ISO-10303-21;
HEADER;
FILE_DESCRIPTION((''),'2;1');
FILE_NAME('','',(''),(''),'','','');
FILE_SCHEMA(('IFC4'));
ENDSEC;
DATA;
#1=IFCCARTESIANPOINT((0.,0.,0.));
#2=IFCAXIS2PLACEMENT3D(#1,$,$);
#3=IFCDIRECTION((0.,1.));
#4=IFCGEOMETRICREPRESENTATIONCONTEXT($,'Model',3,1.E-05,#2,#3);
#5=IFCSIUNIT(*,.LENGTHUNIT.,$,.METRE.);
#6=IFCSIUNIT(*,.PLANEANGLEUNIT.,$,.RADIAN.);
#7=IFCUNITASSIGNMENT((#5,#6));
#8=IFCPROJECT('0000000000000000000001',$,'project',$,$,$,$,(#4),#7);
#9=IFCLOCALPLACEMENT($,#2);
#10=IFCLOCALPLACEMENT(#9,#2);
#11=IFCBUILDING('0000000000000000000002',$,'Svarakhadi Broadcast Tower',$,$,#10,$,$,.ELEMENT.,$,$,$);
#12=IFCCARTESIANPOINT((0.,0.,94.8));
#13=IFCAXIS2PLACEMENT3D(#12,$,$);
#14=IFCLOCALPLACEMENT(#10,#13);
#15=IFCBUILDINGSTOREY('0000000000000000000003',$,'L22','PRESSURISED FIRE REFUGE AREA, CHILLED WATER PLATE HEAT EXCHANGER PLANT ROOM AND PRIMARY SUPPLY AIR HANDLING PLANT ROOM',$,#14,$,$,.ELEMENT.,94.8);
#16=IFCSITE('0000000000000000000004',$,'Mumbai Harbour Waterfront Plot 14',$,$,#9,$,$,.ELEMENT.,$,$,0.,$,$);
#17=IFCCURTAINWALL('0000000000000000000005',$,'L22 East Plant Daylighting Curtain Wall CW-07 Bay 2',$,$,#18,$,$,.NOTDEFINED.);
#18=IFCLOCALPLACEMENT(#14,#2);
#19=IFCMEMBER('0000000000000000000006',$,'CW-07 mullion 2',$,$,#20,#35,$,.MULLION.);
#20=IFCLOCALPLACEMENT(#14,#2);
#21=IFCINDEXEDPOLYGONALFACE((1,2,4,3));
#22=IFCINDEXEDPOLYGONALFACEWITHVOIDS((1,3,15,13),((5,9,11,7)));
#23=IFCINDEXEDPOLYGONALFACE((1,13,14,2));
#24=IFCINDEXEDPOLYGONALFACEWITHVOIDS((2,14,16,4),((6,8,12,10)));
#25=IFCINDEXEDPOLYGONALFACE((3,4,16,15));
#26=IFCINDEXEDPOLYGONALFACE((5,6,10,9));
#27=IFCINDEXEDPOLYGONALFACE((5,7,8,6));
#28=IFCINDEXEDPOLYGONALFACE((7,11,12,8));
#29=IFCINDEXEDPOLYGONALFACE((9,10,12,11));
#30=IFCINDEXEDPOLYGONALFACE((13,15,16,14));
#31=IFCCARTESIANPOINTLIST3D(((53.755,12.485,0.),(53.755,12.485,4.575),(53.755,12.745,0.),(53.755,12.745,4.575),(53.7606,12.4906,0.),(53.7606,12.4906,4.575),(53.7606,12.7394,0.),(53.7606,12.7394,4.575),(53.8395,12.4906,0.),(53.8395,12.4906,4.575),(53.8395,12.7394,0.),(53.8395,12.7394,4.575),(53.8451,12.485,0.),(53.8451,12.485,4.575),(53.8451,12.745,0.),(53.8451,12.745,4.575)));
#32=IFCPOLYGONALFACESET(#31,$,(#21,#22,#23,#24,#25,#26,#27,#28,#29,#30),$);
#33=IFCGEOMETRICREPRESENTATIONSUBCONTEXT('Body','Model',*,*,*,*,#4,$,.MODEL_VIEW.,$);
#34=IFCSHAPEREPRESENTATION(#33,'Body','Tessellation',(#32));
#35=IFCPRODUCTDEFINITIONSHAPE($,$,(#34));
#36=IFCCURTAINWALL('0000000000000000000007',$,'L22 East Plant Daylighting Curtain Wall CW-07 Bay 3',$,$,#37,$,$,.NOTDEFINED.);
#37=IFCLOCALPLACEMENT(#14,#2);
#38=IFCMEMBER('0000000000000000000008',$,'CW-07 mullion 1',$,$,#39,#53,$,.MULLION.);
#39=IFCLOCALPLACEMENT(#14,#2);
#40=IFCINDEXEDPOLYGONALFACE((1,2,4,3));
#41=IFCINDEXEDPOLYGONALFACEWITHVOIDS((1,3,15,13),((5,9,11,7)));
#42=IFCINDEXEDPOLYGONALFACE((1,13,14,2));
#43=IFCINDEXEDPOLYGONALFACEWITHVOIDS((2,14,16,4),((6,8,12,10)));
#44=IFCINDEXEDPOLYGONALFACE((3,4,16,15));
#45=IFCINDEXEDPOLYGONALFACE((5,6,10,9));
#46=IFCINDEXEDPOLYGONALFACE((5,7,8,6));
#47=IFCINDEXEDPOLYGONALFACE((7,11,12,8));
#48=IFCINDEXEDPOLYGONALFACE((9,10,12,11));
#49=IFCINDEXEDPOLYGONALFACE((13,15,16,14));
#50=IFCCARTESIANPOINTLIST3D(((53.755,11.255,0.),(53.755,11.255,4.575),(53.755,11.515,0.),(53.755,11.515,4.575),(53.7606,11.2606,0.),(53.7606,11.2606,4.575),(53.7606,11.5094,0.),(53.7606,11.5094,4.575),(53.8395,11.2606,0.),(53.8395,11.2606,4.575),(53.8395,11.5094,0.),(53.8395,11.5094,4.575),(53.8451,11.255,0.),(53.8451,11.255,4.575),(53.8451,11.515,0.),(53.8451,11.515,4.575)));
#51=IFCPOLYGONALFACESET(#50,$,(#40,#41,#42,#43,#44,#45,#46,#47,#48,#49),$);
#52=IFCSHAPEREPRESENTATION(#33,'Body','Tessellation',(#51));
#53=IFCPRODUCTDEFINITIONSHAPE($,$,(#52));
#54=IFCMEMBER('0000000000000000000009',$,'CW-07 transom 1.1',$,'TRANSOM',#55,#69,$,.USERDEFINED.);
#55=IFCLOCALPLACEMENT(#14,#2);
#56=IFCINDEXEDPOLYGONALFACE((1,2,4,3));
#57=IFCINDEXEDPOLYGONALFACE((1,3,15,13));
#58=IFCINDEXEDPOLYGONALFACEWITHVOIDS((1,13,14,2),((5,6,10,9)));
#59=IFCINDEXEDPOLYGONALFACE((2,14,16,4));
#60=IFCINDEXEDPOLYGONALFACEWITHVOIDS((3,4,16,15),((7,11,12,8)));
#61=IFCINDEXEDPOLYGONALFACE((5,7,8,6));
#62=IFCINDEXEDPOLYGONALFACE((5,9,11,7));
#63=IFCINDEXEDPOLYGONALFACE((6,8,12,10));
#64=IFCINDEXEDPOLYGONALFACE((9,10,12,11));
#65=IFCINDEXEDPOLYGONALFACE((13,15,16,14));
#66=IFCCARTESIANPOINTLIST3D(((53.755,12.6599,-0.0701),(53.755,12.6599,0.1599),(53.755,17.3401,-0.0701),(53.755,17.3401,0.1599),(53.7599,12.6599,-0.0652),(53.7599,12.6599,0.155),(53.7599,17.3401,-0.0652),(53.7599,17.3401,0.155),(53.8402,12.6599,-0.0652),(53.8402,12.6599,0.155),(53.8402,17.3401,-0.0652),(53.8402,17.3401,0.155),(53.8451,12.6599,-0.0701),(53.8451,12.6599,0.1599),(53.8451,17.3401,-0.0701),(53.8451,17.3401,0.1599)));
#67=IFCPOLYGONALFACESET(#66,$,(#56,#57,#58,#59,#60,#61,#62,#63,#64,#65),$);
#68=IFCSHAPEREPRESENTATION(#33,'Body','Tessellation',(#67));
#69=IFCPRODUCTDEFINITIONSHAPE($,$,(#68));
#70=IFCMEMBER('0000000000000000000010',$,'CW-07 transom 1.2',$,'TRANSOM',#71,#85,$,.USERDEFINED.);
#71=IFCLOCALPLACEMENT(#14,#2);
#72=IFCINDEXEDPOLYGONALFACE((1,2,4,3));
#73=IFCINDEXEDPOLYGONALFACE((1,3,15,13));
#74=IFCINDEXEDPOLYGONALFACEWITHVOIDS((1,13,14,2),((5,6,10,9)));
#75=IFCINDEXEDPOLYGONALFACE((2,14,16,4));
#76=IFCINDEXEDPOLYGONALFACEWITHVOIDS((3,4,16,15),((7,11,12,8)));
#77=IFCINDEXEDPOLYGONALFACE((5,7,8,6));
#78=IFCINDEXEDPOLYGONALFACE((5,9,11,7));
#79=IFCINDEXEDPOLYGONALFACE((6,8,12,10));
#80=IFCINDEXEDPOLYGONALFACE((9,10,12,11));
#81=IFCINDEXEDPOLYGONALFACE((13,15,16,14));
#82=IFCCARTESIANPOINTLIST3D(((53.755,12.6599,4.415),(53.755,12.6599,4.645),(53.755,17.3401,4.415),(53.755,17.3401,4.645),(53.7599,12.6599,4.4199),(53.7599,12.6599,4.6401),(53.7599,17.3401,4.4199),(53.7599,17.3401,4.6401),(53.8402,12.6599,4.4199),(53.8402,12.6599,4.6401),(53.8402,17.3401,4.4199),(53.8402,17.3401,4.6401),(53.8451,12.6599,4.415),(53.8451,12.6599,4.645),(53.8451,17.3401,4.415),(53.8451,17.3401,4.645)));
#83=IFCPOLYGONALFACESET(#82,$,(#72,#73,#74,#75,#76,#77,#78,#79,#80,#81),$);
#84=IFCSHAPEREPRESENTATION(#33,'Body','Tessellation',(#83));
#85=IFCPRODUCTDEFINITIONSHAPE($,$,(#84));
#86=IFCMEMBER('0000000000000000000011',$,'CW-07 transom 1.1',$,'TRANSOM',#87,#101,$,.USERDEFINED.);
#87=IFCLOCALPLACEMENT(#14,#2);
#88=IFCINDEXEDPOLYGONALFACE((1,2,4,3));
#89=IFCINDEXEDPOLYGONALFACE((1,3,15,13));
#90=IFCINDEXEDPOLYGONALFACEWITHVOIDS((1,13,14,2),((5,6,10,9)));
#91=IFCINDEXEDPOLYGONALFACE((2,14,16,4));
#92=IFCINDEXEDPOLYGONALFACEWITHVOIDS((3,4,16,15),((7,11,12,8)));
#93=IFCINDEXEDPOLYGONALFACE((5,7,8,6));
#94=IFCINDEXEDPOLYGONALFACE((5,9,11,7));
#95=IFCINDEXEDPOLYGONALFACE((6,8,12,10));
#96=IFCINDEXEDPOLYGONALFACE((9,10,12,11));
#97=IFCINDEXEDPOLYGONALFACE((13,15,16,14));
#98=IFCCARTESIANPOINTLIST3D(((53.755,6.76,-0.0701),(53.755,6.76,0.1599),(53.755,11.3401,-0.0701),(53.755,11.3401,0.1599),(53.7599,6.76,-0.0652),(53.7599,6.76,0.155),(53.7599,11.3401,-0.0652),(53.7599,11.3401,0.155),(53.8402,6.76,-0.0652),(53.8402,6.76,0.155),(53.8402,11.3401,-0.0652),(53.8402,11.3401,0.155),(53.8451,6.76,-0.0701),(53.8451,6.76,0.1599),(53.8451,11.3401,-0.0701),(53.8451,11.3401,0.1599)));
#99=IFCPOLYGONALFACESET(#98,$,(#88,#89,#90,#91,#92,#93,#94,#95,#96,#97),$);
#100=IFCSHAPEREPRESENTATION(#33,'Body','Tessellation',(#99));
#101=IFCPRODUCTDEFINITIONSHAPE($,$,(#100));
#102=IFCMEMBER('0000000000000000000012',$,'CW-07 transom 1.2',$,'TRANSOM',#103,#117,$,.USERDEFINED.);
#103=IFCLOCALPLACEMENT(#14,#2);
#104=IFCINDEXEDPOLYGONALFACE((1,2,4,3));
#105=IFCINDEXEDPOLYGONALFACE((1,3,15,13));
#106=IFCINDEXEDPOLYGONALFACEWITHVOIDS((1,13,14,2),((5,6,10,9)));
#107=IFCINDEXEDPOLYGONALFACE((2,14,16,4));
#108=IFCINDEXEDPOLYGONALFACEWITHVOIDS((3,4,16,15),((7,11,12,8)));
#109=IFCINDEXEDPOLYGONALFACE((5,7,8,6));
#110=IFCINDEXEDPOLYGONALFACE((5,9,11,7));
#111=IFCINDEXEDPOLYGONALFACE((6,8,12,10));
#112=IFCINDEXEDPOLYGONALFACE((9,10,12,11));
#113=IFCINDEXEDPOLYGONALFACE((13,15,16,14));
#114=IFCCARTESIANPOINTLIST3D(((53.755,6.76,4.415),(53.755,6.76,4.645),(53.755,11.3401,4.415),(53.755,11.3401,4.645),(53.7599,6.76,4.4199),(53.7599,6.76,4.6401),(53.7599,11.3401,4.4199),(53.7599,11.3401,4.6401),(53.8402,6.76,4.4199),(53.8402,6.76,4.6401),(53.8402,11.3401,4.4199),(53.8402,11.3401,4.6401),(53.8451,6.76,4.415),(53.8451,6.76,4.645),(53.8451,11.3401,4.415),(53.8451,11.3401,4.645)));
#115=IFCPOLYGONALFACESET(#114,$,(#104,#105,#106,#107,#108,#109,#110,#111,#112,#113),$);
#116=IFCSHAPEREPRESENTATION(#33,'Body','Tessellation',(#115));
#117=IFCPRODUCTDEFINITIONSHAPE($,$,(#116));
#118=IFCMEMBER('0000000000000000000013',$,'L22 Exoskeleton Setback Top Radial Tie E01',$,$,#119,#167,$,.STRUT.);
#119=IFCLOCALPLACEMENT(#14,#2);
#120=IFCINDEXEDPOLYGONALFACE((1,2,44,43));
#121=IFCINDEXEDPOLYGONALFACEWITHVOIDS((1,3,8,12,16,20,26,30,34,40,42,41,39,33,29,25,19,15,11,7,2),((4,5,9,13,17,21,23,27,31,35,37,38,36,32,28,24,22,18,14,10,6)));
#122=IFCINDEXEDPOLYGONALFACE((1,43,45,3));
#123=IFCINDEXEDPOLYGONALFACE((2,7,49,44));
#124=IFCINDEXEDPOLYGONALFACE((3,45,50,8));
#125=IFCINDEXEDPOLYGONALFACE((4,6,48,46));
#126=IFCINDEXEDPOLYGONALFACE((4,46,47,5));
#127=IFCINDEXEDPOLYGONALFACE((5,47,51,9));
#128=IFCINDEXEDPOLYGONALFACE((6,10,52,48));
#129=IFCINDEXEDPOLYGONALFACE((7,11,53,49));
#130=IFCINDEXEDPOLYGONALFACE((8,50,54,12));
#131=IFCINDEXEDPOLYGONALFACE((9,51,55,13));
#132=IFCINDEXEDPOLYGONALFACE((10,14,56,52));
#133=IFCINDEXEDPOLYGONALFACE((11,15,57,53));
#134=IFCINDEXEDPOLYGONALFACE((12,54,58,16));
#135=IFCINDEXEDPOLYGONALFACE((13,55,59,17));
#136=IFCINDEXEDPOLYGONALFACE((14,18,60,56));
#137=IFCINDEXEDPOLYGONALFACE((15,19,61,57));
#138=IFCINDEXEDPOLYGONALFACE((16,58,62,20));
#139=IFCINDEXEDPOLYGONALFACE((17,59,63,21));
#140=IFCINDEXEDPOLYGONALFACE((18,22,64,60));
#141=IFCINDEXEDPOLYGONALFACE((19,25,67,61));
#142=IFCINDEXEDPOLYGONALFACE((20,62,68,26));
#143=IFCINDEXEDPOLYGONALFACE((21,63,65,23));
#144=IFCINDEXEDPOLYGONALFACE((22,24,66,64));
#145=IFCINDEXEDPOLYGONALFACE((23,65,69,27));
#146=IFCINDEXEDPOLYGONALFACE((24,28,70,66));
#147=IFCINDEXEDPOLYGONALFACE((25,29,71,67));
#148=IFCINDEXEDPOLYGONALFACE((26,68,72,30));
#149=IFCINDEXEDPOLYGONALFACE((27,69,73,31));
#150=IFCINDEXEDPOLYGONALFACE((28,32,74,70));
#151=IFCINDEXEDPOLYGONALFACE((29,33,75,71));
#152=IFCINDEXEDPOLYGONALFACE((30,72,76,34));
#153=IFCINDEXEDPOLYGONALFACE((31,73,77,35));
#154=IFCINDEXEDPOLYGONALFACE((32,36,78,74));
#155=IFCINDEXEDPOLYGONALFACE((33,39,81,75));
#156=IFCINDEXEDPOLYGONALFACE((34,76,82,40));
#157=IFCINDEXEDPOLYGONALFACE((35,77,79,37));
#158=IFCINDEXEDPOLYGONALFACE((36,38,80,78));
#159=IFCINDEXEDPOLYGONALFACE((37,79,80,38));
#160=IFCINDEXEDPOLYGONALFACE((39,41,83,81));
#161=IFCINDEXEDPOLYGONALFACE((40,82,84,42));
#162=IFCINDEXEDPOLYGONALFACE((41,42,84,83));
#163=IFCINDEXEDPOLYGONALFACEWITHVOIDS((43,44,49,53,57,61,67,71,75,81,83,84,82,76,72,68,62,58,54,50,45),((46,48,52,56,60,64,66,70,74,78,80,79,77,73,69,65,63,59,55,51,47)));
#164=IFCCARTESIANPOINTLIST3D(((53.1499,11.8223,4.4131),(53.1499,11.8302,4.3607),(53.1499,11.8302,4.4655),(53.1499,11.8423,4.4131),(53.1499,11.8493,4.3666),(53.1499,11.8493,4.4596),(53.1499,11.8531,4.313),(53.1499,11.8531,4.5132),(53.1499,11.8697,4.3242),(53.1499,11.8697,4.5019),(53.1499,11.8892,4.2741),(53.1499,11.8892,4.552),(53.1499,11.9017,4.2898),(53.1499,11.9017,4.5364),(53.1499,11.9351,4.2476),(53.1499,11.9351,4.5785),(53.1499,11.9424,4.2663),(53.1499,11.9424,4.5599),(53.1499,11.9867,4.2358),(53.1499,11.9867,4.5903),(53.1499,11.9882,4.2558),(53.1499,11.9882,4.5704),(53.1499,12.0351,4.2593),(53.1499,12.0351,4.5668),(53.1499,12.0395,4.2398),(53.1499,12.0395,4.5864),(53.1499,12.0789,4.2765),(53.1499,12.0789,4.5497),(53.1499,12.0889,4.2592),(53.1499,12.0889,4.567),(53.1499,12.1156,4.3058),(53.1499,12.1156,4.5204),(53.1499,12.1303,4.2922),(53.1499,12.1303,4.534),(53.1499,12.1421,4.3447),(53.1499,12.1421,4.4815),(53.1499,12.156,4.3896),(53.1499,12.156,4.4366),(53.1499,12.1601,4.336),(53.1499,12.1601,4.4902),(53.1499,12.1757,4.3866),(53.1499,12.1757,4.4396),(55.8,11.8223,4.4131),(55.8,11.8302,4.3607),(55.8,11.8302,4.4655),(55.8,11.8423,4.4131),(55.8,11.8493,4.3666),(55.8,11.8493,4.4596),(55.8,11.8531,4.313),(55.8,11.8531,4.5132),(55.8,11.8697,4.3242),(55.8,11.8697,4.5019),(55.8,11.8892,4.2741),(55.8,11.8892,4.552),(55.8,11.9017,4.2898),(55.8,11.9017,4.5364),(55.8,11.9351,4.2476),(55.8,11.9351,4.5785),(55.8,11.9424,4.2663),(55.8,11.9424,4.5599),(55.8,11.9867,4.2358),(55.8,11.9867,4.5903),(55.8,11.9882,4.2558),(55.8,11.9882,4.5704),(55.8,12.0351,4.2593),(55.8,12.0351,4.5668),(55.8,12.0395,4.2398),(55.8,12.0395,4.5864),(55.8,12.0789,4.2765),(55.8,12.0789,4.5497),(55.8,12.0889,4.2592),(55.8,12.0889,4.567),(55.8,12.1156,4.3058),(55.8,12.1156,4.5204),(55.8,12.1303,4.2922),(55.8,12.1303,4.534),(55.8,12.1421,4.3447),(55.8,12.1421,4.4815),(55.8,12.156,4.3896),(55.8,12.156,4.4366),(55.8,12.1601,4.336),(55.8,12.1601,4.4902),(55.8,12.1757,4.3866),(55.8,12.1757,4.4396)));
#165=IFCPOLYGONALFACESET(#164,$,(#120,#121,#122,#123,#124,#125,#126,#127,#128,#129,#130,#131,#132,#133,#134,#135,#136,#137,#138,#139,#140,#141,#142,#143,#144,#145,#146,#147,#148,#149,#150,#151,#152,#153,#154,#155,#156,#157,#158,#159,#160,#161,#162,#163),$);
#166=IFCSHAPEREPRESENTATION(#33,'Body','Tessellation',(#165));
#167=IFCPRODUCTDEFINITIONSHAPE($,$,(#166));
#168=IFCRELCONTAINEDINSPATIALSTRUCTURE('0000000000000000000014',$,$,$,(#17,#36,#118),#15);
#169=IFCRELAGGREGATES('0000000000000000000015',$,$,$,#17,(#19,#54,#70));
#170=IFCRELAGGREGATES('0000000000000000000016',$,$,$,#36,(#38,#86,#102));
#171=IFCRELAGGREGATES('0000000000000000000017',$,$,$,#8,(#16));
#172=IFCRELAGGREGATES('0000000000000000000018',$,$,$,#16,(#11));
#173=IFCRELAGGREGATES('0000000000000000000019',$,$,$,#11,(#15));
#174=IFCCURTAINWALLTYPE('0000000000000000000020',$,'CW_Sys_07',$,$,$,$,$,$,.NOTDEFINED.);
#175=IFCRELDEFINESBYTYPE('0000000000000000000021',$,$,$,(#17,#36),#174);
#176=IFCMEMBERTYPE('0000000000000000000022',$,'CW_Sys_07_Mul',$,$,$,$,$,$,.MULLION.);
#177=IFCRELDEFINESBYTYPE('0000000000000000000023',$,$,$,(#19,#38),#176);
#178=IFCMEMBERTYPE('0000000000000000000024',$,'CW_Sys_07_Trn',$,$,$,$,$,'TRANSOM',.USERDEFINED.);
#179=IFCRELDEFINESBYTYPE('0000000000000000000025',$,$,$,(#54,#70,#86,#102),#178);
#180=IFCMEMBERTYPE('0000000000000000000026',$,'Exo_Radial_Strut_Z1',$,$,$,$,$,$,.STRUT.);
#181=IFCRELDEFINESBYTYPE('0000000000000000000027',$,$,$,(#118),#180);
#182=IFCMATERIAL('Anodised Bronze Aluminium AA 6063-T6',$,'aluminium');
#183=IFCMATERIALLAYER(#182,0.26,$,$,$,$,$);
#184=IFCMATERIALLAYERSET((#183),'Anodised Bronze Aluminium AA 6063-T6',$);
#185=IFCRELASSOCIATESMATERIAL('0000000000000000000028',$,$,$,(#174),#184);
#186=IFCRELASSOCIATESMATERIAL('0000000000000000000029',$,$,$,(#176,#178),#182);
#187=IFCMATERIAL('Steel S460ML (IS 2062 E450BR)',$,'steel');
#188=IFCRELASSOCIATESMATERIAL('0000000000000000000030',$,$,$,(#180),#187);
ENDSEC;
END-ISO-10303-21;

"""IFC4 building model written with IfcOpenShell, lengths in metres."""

from ifc_helpers import new_model, si_unit, direction, frame, origin, origin_2d, place, context, subcontext, project, spatial, hollow_rectangle, hollow_circle, extrude, material, layer, layer_set, material_profile, profile_set, type_object, element, aggregate, save


model = new_model("IFC4")

# Units and contexts
model_context = context("Model", 3, precision=1e-05, world=origin(), true_north=direction((0.0, 1.0)))
body_context = subcontext(model_context, "Body", "Model", "MODEL_VIEW")
ifc_project = project(units=[si_unit("LENGTHUNIT", "METRE"), si_unit("PLANEANGLEUNIT", "RADIAN")], contexts=[model_context])

# Site, building, storey
site_placement = place(None, origin())
site = spatial("IfcSite", under=ifc_project, at=site_placement, Name="Mumbai Harbour Waterfront Plot 14", CompositionType="ELEMENT", RefElevation=0.0)
building_placement = place(site_placement, origin())
building = spatial("IfcBuilding", under=site, at=building_placement, Name="Svarakhadi Broadcast Tower", CompositionType="ELEMENT")
storey_placement = place(building_placement, frame((0.0, 0.0, 94.8)))
storey = spatial("IfcBuildingStorey", under=building, at=storey_placement, Name="L22", Description="PRESSURISED FIRE REFUGE AREA, CHILLED WATER PLATE HEAT EXCHANGER PLANT ROOM AND PRIMARY SUPPLY AIR HANDLING PLANT ROOM", CompositionType="ELEMENT", Elevation=94.8)

# Shared definitions
ifc_material_1 = material(Name="Steel S460ML (IS 2062 E450BR)", Category="steel")

# Curtain wall, member
ifc_material_2 = material(Name="Anodised Bronze Aluminium AA 6063-T6", Category="aluminium")
ifc_layer_1 = layer(ifc_material_2, 0.26)
ifc_layer_set_1 = layer_set([ifc_layer_1], Name="Anodised Bronze Aluminium AA 6063-T6")
curtain_wall_type = type_object("IfcCurtainWallType", Name="CW_Sys_07", PredefinedType="NOTDEFINED", material=ifc_layer_set_1)
curtain_wall_1_placement = place(storey_placement, origin())
curtain_wall_1 = element("IfcCurtainWall", 1, at=curtain_wall_1_placement, inside=storey, type_object=curtain_wall_type, Name="L22 East Plant Daylighting Curtain Wall CW-07 Bay 2", PredefinedType="NOTDEFINED")
ifc_material_profile_1 = material_profile(ifc_material_2, hollow_rectangle(XDim=0.0901, YDim=0.26, WallThickness=0.0056, at=origin_2d()), Name="ALU MULLION 260x90x6")
ifc_profile_set_1 = profile_set([ifc_material_profile_1], Name="Anodised Bronze Aluminium AA 6063-T6")
member_type_1 = type_object("IfcMemberType", Name="CW_Sys_07_Mul", PredefinedType="MULLION", material=ifc_profile_set_1)
member_1_placement = place(storey_placement, frame((53.8, 12.615, 0.0), z_axis=(0.0, 0.0, 1.0), x_axis=(1.0, 0.0, 0.0)))
member_1 = element("IfcMember", 2, at=member_1_placement, type_object=member_type_1, Name="CW-07 mullion 2", PredefinedType="MULLION", context=body_context, shape_type="SweptSolid", body=[
    extrude(hollow_rectangle(XDim=0.0901, YDim=0.26, WallThickness=0.0056, at=origin_2d()), origin(), (0.0, 0.0, 1.0), 4.575),
])

# Curtain wall, member
curtain_wall_2_placement = place(storey_placement, origin())
curtain_wall_2 = element("IfcCurtainWall", 3, at=curtain_wall_2_placement, inside=storey, type_object=curtain_wall_type, Name="L22 East Plant Daylighting Curtain Wall CW-07 Bay 3", PredefinedType="NOTDEFINED")
member_2_placement = place(storey_placement, frame((53.8, 11.385, 0.0), z_axis=(0.0, 0.0, 1.0), x_axis=(1.0, 0.0, 0.0)))
member_2 = element("IfcMember", 4, at=member_2_placement, type_object=member_type_1, Name="CW-07 mullion 1", PredefinedType="MULLION", context=body_context, shape_type="SweptSolid", body=[
    extrude(hollow_rectangle(XDim=0.0901, YDim=0.26, WallThickness=0.0056, at=origin_2d()), origin(), (0.0, 0.0, 1.0), 4.575),
])

# Members
ifc_material_profile_2 = material_profile(ifc_material_2, hollow_rectangle(XDim=0.0901, YDim=0.23, WallThickness=0.0049, at=origin_2d()), Name="ALU TRANSOM 230x90x5")
ifc_profile_set_2 = profile_set([ifc_material_profile_2], Name="Anodised Bronze Aluminium AA 6063-T6")
member_type_2 = type_object("IfcMemberType", Name="CW_Sys_07_Trn", ElementType="TRANSOM", PredefinedType="USERDEFINED", material=ifc_profile_set_2)
member_3_placement = place(storey_placement, frame((53.8, 17.3401, 0.0449), z_axis=(0.0, -1.0, 0.0), x_axis=(1.0, 0.0, 0.0)))
member_3 = element("IfcMember", 5, at=member_3_placement, type_object=member_type_2, Name="CW-07 transom 1.1", ObjectType="TRANSOM", PredefinedType="USERDEFINED", context=body_context, shape_type="SweptSolid", body=[
    extrude(hollow_rectangle(XDim=0.0901, YDim=0.23, WallThickness=0.0049, at=origin_2d()), origin(), (0.0, 0.0, 1.0), 4.6802),
])
member_4_placement = place(storey_placement, frame((53.8, 17.3401, 4.53), z_axis=(0.0, -1.0, 0.0), x_axis=(1.0, 0.0, 0.0)))
member_4 = element("IfcMember", 6, at=member_4_placement, type_object=member_type_2, Name="CW-07 transom 1.2", ObjectType="TRANSOM", PredefinedType="USERDEFINED", context=body_context, shape_type="SweptSolid", body=[
    extrude(hollow_rectangle(XDim=0.0901, YDim=0.23, WallThickness=0.0049, at=origin_2d()), origin(), (0.0, 0.0, 1.0), 4.6802),
])
member_5_placement = place(storey_placement, frame((53.8, 11.3401, 0.0449), z_axis=(0.0, -1.0, 0.0), x_axis=(1.0, 0.0, 0.0)))
member_5 = element("IfcMember", 7, at=member_5_placement, type_object=member_type_2, Name="CW-07 transom 1.1", ObjectType="TRANSOM", PredefinedType="USERDEFINED", context=body_context, shape_type="SweptSolid", body=[
    extrude(hollow_rectangle(XDim=0.0901, YDim=0.23, WallThickness=0.0049, at=origin_2d()), origin(), (0.0, 0.0, 1.0), 4.5801),
])
member_6_placement = place(storey_placement, frame((53.8, 11.3401, 4.53), z_axis=(0.0, -1.0, 0.0), x_axis=(1.0, 0.0, 0.0)))
member_6 = element("IfcMember", 8, at=member_6_placement, type_object=member_type_2, Name="CW-07 transom 1.2", ObjectType="TRANSOM", PredefinedType="USERDEFINED", context=body_context, shape_type="SweptSolid", body=[
    extrude(hollow_rectangle(XDim=0.0901, YDim=0.23, WallThickness=0.0049, at=origin_2d()), origin(), (0.0, 0.0, 1.0), 4.5801),
])
ifc_material_profile_3 = material_profile(ifc_material_1, hollow_circle(Radius=0.1777, WallThickness=0.02, at=origin_2d()), Name="CHS 355.6x20")
ifc_profile_set_3 = profile_set([ifc_material_profile_3], Name="Steel S460ML (IS 2062 E450BR)")
member_type_3 = type_object("IfcMemberType", Name="Exo_Radial_Strut_Z1", PredefinedType="STRUT", material=ifc_profile_set_3)
member_7_placement = place(storey_placement, frame((55.8, 12.0, 4.4131), z_axis=(-1.0, 0.0, 0.0), x_axis=(0.0, -1.0, 0.0)))
element("IfcMember", 9, at=member_7_placement, inside=storey, type_object=member_type_3, Name="L22 Exoskeleton Setback Top Radial Tie E01", PredefinedType="STRUT", context=body_context, shape_type="SweptSolid", body=[
    extrude(hollow_circle(Radius=0.1777, WallThickness=0.02, at=origin_2d()), origin(), (0.0, 0.0, 1.0), 2.6501),
])

aggregate(curtain_wall_1, [member_1, member_3, member_4])
aggregate(curtain_wall_2, [member_2, member_5, member_6])

save(model, "model.ifc")
